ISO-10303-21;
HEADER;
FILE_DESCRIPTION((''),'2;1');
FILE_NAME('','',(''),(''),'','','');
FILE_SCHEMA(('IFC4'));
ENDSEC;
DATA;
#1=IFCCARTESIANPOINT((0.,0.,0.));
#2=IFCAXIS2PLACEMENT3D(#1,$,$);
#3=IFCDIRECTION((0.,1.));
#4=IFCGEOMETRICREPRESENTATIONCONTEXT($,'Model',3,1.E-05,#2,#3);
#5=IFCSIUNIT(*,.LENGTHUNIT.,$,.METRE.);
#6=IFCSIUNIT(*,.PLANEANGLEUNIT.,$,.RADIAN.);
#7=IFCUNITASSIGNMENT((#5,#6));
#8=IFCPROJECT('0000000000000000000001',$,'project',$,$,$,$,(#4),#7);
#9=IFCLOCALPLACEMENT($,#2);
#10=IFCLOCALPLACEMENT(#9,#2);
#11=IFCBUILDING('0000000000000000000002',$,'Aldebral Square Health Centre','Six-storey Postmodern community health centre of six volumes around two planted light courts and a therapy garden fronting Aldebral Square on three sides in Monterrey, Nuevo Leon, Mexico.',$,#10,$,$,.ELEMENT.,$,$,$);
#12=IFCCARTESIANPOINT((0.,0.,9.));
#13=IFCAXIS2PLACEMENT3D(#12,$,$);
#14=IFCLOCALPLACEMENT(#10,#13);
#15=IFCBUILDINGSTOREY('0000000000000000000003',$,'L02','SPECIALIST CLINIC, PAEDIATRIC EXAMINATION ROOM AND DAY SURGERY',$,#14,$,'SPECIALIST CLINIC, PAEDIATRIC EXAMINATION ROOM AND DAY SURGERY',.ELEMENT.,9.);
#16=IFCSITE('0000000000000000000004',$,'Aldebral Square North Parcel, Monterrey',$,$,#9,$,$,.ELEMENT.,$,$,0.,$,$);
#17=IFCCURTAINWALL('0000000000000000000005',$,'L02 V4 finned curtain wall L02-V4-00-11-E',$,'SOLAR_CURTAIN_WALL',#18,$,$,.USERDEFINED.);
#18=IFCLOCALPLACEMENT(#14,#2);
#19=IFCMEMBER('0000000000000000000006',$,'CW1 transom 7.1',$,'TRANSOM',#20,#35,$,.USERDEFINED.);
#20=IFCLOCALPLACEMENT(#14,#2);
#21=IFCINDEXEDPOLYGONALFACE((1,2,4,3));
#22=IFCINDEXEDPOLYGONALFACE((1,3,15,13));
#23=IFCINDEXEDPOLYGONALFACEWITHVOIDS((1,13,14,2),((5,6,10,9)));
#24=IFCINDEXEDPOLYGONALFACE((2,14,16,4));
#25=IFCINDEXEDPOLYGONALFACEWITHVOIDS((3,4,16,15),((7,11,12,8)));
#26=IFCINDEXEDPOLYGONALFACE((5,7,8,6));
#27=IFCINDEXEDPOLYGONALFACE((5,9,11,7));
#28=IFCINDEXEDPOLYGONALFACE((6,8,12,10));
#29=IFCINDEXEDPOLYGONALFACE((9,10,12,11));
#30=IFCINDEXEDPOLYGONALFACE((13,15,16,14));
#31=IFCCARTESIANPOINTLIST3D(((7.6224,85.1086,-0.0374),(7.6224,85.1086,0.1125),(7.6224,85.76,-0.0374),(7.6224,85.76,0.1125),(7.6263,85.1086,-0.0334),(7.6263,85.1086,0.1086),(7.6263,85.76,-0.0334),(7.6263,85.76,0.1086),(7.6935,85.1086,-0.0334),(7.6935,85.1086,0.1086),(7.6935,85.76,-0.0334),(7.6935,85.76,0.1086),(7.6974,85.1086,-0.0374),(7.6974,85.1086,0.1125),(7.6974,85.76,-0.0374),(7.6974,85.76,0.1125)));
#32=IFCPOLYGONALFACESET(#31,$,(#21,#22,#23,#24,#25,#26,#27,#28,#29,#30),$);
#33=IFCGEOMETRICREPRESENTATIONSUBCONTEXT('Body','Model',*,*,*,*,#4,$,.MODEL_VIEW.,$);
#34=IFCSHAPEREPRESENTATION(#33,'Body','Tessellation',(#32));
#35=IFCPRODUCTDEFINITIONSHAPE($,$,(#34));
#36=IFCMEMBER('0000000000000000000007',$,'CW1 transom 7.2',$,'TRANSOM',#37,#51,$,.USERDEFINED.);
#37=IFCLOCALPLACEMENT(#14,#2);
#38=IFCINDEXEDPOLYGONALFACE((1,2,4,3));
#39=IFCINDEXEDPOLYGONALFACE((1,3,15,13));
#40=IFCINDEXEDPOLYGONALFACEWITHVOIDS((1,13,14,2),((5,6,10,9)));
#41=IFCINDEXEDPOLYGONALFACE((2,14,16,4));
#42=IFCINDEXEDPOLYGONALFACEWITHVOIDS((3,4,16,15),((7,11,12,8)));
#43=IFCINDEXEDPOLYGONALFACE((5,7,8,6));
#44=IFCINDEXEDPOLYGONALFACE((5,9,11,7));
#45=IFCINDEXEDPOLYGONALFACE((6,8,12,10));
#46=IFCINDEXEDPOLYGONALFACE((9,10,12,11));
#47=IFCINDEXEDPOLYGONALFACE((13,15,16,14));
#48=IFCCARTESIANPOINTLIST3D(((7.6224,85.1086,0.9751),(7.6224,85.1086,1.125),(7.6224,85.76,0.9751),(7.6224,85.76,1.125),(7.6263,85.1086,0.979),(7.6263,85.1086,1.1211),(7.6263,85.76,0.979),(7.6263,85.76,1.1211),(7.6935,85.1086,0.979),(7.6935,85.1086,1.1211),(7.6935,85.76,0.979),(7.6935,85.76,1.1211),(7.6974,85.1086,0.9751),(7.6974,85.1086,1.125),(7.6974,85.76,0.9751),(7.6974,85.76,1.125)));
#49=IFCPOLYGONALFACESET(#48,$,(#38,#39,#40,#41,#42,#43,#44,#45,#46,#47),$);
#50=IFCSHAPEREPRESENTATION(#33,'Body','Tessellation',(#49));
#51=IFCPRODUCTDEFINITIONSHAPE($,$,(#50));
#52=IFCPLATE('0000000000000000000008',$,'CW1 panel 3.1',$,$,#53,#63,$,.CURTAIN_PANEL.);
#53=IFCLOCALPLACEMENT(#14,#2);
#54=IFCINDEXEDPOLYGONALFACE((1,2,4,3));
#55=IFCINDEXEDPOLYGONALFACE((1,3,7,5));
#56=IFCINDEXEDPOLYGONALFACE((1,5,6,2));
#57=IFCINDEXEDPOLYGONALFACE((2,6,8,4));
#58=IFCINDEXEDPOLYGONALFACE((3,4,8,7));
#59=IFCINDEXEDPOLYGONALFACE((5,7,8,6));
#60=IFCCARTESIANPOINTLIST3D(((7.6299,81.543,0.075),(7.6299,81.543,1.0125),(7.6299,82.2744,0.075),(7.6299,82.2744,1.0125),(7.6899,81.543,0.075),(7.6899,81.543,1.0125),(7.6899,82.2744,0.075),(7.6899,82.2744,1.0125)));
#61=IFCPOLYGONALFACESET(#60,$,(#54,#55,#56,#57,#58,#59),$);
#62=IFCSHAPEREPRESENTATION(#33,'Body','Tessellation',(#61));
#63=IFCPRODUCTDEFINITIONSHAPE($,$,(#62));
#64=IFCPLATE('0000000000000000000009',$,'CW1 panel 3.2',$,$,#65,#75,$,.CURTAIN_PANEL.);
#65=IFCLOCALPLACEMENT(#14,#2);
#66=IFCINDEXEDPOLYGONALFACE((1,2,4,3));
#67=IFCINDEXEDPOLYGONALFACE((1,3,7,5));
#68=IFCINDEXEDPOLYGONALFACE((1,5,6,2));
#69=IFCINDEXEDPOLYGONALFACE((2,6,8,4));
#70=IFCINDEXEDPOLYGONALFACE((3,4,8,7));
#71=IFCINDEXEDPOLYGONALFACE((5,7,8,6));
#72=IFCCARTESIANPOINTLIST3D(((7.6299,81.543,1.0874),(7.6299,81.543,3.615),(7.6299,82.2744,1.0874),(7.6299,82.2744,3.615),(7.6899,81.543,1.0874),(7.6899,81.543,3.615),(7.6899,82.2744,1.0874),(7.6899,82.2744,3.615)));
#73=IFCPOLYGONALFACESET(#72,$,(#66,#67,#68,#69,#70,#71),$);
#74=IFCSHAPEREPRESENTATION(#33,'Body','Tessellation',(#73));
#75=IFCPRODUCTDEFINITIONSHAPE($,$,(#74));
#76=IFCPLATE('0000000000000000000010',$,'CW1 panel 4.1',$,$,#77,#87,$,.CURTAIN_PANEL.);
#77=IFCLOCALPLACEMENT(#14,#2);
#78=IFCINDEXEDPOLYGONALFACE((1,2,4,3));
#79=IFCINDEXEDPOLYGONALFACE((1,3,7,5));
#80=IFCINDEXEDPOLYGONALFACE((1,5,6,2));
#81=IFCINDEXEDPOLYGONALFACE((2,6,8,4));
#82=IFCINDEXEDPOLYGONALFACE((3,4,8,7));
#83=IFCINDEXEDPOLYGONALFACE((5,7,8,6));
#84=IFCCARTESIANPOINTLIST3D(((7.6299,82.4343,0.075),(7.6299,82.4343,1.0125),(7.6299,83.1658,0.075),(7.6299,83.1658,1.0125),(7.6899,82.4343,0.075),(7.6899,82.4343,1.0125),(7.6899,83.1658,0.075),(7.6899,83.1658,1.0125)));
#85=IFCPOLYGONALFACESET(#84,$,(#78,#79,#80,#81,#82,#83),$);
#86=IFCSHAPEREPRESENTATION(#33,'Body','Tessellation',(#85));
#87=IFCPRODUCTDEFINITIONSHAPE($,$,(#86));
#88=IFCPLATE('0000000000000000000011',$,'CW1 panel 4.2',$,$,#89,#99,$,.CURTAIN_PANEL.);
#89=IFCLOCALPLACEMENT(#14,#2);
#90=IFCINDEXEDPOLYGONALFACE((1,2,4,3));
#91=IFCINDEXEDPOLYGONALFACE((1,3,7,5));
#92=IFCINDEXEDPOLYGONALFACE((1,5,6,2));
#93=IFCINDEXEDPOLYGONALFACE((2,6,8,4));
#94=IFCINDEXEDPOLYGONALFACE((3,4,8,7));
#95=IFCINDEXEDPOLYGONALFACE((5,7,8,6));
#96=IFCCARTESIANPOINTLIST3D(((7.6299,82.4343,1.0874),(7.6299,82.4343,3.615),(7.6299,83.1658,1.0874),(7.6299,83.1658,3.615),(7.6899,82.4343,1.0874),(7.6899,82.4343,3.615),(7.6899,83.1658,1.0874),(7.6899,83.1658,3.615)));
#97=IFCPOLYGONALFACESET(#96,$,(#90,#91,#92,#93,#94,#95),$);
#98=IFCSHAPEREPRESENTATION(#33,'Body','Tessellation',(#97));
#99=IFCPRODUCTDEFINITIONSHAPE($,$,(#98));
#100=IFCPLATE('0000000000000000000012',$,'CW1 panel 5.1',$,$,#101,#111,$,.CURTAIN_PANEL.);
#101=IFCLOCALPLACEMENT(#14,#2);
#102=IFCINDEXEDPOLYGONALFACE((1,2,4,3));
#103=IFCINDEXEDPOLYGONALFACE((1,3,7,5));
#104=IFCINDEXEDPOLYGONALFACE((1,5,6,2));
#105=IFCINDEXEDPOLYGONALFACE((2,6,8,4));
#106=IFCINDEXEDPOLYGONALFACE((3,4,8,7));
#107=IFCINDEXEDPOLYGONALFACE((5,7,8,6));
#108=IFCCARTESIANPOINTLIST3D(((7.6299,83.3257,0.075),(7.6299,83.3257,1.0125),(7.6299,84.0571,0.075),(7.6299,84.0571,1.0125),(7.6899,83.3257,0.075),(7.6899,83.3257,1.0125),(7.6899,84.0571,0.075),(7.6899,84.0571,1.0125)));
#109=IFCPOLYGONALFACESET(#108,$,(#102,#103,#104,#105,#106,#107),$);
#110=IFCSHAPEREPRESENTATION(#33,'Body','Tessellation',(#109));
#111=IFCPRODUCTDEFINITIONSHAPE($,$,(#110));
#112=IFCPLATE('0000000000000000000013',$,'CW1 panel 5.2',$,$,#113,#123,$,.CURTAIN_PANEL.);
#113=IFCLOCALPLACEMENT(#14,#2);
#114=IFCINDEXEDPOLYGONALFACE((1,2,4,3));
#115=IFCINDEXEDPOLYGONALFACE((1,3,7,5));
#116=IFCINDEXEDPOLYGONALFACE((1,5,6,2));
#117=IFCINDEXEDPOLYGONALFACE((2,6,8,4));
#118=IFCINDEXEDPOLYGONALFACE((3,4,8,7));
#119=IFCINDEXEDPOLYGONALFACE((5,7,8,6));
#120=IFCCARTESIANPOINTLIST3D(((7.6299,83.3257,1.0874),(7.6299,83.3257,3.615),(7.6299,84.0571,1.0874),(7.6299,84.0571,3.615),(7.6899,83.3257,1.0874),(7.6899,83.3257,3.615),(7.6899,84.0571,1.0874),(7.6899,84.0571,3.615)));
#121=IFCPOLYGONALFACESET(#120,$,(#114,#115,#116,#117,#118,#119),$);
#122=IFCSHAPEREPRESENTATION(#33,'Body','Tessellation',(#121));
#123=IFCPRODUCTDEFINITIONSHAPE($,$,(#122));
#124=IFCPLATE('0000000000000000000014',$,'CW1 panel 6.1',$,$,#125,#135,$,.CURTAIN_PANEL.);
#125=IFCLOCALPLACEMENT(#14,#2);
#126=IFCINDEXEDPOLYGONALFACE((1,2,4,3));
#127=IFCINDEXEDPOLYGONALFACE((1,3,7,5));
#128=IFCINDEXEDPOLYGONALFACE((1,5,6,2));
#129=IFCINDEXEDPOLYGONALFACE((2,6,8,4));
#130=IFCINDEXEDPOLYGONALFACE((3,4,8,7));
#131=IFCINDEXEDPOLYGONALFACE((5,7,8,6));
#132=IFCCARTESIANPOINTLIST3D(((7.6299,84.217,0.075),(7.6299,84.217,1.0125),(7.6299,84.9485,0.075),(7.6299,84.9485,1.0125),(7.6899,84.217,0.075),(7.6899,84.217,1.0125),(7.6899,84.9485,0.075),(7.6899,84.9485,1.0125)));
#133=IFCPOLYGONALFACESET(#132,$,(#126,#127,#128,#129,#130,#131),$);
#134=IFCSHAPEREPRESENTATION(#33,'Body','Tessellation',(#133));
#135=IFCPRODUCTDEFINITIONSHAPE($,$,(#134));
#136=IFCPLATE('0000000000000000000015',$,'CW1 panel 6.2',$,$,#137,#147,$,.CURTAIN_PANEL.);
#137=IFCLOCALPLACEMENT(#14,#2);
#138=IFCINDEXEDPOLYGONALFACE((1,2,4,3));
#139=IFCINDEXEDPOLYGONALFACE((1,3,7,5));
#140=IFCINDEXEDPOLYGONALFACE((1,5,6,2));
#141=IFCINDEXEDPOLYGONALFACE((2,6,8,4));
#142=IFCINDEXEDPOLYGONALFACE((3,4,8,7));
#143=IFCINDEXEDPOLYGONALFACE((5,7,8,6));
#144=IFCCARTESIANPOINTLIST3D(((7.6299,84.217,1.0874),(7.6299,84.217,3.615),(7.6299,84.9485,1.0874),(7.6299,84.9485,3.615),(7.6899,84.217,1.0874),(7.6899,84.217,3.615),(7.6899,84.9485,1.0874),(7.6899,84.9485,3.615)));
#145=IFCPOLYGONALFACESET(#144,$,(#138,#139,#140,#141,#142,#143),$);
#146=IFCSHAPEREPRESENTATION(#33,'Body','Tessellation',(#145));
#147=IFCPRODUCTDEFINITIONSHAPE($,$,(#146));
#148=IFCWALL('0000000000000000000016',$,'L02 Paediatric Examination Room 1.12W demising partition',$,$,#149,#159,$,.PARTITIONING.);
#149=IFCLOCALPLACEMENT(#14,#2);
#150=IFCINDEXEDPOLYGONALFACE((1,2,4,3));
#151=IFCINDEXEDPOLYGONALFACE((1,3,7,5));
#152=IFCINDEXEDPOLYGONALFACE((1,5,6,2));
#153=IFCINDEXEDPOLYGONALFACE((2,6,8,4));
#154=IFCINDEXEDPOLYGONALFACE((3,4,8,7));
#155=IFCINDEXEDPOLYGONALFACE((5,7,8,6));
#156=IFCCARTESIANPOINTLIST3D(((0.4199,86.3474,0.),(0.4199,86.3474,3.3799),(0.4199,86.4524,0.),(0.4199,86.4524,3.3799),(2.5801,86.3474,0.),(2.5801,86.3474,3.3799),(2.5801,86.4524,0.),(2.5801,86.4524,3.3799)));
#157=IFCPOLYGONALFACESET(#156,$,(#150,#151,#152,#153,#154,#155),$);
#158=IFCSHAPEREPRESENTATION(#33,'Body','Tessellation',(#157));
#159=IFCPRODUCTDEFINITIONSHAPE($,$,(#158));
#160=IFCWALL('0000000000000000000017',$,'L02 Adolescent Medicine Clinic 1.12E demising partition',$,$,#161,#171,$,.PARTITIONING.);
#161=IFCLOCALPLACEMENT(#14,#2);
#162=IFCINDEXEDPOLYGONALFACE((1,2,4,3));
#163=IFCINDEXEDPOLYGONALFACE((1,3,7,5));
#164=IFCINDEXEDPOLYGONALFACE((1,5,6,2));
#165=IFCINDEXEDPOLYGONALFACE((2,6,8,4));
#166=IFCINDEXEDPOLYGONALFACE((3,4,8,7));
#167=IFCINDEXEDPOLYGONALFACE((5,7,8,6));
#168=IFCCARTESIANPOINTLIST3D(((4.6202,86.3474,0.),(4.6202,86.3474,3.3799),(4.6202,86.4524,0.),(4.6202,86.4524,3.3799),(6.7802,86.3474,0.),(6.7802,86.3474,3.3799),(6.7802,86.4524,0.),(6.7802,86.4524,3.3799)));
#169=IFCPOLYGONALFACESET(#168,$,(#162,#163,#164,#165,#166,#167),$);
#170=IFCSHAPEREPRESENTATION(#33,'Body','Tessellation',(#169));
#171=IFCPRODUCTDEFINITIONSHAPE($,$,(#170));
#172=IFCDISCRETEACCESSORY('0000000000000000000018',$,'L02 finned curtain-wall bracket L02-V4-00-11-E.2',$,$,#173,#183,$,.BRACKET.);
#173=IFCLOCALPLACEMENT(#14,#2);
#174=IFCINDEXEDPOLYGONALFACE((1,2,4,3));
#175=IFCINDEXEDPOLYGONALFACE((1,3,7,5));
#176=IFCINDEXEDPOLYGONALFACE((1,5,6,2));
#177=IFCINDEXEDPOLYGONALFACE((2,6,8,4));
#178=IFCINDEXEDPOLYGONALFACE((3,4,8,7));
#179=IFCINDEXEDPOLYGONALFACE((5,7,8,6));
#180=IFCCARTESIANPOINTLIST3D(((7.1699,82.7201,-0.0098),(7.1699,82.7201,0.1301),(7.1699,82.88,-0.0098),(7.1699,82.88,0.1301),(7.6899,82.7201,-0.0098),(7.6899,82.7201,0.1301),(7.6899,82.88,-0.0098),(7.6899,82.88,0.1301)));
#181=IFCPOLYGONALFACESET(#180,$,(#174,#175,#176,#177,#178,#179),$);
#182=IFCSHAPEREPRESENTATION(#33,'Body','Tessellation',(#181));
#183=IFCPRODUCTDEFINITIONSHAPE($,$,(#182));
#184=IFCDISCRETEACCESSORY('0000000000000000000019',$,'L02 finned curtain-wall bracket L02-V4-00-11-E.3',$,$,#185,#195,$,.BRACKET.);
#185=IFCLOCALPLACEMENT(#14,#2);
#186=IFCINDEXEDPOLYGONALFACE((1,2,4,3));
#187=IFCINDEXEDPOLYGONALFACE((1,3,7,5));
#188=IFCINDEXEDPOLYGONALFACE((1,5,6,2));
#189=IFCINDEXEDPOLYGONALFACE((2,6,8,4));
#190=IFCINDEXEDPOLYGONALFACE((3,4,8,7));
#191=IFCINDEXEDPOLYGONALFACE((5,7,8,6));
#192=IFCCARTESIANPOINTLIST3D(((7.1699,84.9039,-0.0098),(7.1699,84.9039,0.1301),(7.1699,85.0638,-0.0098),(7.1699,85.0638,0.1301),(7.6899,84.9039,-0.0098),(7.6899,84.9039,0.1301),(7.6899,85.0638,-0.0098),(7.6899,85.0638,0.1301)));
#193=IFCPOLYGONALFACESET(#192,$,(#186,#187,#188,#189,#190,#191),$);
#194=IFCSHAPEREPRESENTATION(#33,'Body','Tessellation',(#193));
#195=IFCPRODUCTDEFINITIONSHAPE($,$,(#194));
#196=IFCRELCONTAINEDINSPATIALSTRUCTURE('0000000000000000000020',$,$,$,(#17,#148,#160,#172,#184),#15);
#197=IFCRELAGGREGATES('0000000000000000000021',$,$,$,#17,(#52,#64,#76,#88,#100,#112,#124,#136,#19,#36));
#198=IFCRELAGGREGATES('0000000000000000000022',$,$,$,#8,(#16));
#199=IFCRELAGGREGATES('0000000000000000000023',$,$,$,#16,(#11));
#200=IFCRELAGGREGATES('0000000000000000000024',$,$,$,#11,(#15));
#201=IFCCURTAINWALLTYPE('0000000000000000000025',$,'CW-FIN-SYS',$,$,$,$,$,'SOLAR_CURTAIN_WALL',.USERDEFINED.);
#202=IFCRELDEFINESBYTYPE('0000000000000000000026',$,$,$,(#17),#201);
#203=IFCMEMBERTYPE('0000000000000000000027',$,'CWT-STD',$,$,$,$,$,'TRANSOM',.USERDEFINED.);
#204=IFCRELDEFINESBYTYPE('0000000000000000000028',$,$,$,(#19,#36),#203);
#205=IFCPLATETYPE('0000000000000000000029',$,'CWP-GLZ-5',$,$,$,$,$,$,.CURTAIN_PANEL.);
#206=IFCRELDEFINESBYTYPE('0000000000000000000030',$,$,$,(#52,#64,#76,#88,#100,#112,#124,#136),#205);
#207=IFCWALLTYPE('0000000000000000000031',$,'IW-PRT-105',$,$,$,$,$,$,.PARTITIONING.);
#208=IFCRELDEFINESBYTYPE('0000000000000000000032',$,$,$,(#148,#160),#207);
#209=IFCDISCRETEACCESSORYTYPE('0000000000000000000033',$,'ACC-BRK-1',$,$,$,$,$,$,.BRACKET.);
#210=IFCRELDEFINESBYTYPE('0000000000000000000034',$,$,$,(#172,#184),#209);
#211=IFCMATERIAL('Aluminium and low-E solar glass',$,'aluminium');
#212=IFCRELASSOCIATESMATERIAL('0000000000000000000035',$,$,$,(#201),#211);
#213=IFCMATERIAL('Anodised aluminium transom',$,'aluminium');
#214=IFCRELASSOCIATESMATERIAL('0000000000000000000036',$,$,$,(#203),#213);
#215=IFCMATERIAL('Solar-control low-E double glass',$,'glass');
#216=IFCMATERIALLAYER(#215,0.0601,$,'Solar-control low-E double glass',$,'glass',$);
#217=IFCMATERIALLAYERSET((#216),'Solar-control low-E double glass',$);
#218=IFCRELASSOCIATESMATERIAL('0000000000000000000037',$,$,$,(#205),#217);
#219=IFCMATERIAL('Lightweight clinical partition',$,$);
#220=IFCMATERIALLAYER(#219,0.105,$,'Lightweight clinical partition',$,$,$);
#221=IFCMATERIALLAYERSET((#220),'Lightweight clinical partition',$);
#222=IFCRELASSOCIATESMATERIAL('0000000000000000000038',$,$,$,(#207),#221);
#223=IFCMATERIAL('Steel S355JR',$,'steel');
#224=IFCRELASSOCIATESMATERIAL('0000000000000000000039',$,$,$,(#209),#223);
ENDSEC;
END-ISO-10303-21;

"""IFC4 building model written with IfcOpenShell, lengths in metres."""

from ifc_helpers import new_model, si_unit, direction, frame, frame_2d, origin, origin_2d, place, context, subcontext, project, spatial, rectangle, hollow_rectangle, extrude, material, layer, layer_set, material_profile, profile_set, type_object, element, aggregate, save


model = new_model("IFC4")

# Units and contexts
model_context = context("Model", 3, precision=1e-05, world=origin(), true_north=direction((0.0, 1.0)))
body_context = subcontext(model_context, "Body", "Model", "MODEL_VIEW")
ifc_project = project(units=[si_unit("LENGTHUNIT", "METRE"), si_unit("PLANEANGLEUNIT", "RADIAN")], contexts=[model_context])

# Site, building, storey
site_placement = place(None, origin())
site = spatial("IfcSite", under=ifc_project, at=site_placement, Name="Aldebral Square North Parcel, Monterrey", CompositionType="ELEMENT", RefElevation=0.0)
building_placement = place(site_placement, origin())
building = spatial("IfcBuilding", under=site, at=building_placement, Name="Aldebral Square Health Centre", Description="Six-storey Postmodern community health centre of six volumes around two planted light courts and a therapy garden fronting Aldebral Square on three sides in Monterrey, Nuevo Leon, Mexico.", CompositionType="ELEMENT")
storey_placement = place(building_placement, frame((0.0, 0.0, 9.0)))
storey = spatial("IfcBuildingStorey", under=building, at=storey_placement, Name="L02", Description="SPECIALIST CLINIC, PAEDIATRIC EXAMINATION ROOM AND DAY SURGERY", LongName="SPECIALIST CLINIC, PAEDIATRIC EXAMINATION ROOM AND DAY SURGERY", CompositionType="ELEMENT", Elevation=9.0)

# Shared definitions
ifc_material_1 = material(Name="Steel S355JR", Category="steel")

# Curtain wall, members, plates
ifc_material_2 = material(Name="Aluminium and low-E solar glass", Category="aluminium")
curtain_wall_type = type_object("IfcCurtainWallType", Name="CW-FIN-SYS", ElementType="SOLAR_CURTAIN_WALL", PredefinedType="USERDEFINED", material=ifc_material_2)
curtain_wall_placement = place(storey_placement, origin())
curtain_wall = element("IfcCurtainWall", 1, at=curtain_wall_placement, inside=storey, type_object=curtain_wall_type, Name="L02 V4 finned curtain wall L02-V4-00-11-E", ObjectType="SOLAR_CURTAIN_WALL", PredefinedType="USERDEFINED")
ifc_material_3 = material(Name="Anodised aluminium transom", Category="aluminium")
ifc_material_profile_1 = material_profile(ifc_material_3, hollow_rectangle(XDim=0.075, YDim=0.1499, WallThickness=0.0039, at=origin_2d()), Name="CWT 75x150x4")
ifc_profile_set_1 = profile_set([ifc_material_profile_1], Name="Anodised aluminium transom")
member_type_1 = type_object("IfcMemberType", Name="CWT-STD", ElementType="TRANSOM", PredefinedType="USERDEFINED", material=ifc_profile_set_1)
member_1_placement = place(storey_placement, frame((7.6599, 85.1086, 0.0376), z_axis=(0.0, 1.0, 0.0), x_axis=(-1.0, 0.0, 0.0)))
member_1 = element("IfcMember", 2, at=member_1_placement, type_object=member_type_1, Name="CW1 transom 7.1", ObjectType="TRANSOM", PredefinedType="USERDEFINED", context=body_context, shape_type="SweptSolid", body=[
    extrude(hollow_rectangle(XDim=0.075, YDim=0.1499, WallThickness=0.0039, at=origin_2d()), origin(), (0.0, 0.0, 1.0), 0.6514),
])
member_2_placement = place(storey_placement, frame((7.6599, 85.1086, 1.05), z_axis=(0.0, 1.0, 0.0), x_axis=(-1.0, 0.0, 0.0)))
member_2 = element("IfcMember", 3, at=member_2_placement, type_object=member_type_1, Name="CW1 transom 7.2", ObjectType="TRANSOM", PredefinedType="USERDEFINED", context=body_context, shape_type="SweptSolid", body=[
    extrude(hollow_rectangle(XDim=0.075, YDim=0.1499, WallThickness=0.0039, at=origin_2d()), origin(), (0.0, 0.0, 1.0), 0.6514),
])
ifc_material_4 = material(Name="Solar-control low-E double glass", Category="glass")
ifc_layer_1 = layer(ifc_material_4, 0.0601, Name="Solar-control low-E double glass", Category="glass")
ifc_layer_set_1 = layer_set([ifc_layer_1], Name="Solar-control low-E double glass")
plate_type = type_object("IfcPlateType", Name="CWP-GLZ-5", PredefinedType="CURTAIN_PANEL", material=ifc_layer_set_1)
plate_1_placement = place(storey_placement, frame((7.6599, 81.9087, 0.075), z_axis=(0.0, 0.0, 1.0), x_axis=(0.0, 1.0, 0.0)))
plate_1 = element("IfcPlate", 4, at=plate_1_placement, type_object=plate_type, Name="CW1 panel 3.1", PredefinedType="CURTAIN_PANEL", context=body_context, shape_type="SweptSolid", body=[
    extrude(rectangle(XDim=0.7314, YDim=0.0601, at=origin_2d()), origin(), (0.0, 0.0, 1.0), 0.9375),
])
plate_2_placement = place(storey_placement, frame((7.6599, 81.9087, 1.0874), z_axis=(0.0, 0.0, 1.0), x_axis=(0.0, 1.0, 0.0)))
plate_2 = element("IfcPlate", 5, at=plate_2_placement, type_object=plate_type, Name="CW1 panel 3.2", PredefinedType="CURTAIN_PANEL", context=body_context, shape_type="SweptSolid", body=[
    extrude(rectangle(XDim=0.7314, YDim=0.0601, at=origin_2d()), origin(), (0.0, 0.0, 1.0), 2.5276),
])
plate_3_placement = place(storey_placement, frame((7.6599, 82.8, 0.075), z_axis=(0.0, 0.0, 1.0), x_axis=(0.0, 1.0, 0.0)))
plate_3 = element("IfcPlate", 6, at=plate_3_placement, type_object=plate_type, Name="CW1 panel 4.1", PredefinedType="CURTAIN_PANEL", context=body_context, shape_type="SweptSolid", body=[
    extrude(rectangle(XDim=0.7314, YDim=0.0601, at=origin_2d()), origin(), (0.0, 0.0, 1.0), 0.9375),
])
plate_4_placement = place(storey_placement, frame((7.6599, 82.8, 1.0874), z_axis=(0.0, 0.0, 1.0), x_axis=(0.0, 1.0, 0.0)))
plate_4 = element("IfcPlate", 7, at=plate_4_placement, type_object=plate_type, Name="CW1 panel 4.2", PredefinedType="CURTAIN_PANEL", context=body_context, shape_type="SweptSolid", body=[
    extrude(rectangle(XDim=0.7314, YDim=0.0601, at=origin_2d()), origin(), (0.0, 0.0, 1.0), 2.5276),
])
plate_5_placement = place(storey_placement, frame((7.6599, 83.6914, 0.075), z_axis=(0.0, 0.0, 1.0), x_axis=(0.0, 1.0, 0.0)))
plate_5 = element("IfcPlate", 8, at=plate_5_placement, type_object=plate_type, Name="CW1 panel 5.1", PredefinedType="CURTAIN_PANEL", context=body_context, shape_type="SweptSolid", body=[
    extrude(rectangle(XDim=0.7314, YDim=0.0601, at=origin_2d()), origin(), (0.0, 0.0, 1.0), 0.9375),
])
plate_6_placement = place(storey_placement, frame((7.6599, 83.6914, 1.0874), z_axis=(0.0, 0.0, 1.0), x_axis=(0.0, 1.0, 0.0)))
plate_6 = element("IfcPlate", 9, at=plate_6_placement, type_object=plate_type, Name="CW1 panel 5.2", PredefinedType="CURTAIN_PANEL", context=body_context, shape_type="SweptSolid", body=[
    extrude(rectangle(XDim=0.7314, YDim=0.0601, at=origin_2d()), origin(), (0.0, 0.0, 1.0), 2.5276),
])
plate_7_placement = place(storey_placement, frame((7.6599, 84.5828, 0.075), z_axis=(0.0, 0.0, 1.0), x_axis=(0.0, 1.0, 0.0)))
plate_7 = element("IfcPlate", 10, at=plate_7_placement, type_object=plate_type, Name="CW1 panel 6.1", PredefinedType="CURTAIN_PANEL", context=body_context, shape_type="SweptSolid", body=[
    extrude(rectangle(XDim=0.7314, YDim=0.0601, at=origin_2d()), origin(), (0.0, 0.0, 1.0), 0.9375),
])
plate_8_placement = place(storey_placement, frame((7.6599, 84.5828, 1.0874), z_axis=(0.0, 0.0, 1.0), x_axis=(0.0, 1.0, 0.0)))
plate_8 = element("IfcPlate", 11, at=plate_8_placement, type_object=plate_type, Name="CW1 panel 6.2", PredefinedType="CURTAIN_PANEL", context=body_context, shape_type="SweptSolid", body=[
    extrude(rectangle(XDim=0.7314, YDim=0.0601, at=origin_2d()), origin(), (0.0, 0.0, 1.0), 2.5276),
])
aggregate(curtain_wall, [plate_1, plate_2, plate_3, plate_4, plate_5, plate_6, plate_7, plate_8, member_1, member_2])

# Walls
ifc_material_5 = material(Name="Lightweight clinical partition")
ifc_layer_2 = layer(ifc_material_5, 0.105, Name="Lightweight clinical partition")
ifc_layer_set_2 = layer_set([ifc_layer_2], Name="Lightweight clinical partition")
wall_type = type_object("IfcWallType", Name="IW-PRT-105", PredefinedType="PARTITIONING", material=ifc_layer_set_2)
wall_1_placement = place(storey_placement, frame((0.4199, 86.3999, 0.0), z_axis=(0.0, 0.0, 1.0), x_axis=(1.0, 0.0, 0.0)))
element("IfcWall", 12, at=wall_1_placement, inside=storey, type_object=wall_type, Name="L02 Paediatric Examination Room 1.12W demising partition", PredefinedType="PARTITIONING", context=body_context, shape_type="SweptSolid", body=[
    extrude(rectangle(XDim=2.1602, YDim=0.105, at=frame_2d((1.0801, 0.0))), origin(), (0.0, 0.0, 1.0), 3.3799),
])
wall_2_placement = place(storey_placement, frame((4.6201, 86.3999, 0.0), z_axis=(0.0, 0.0, 1.0), x_axis=(1.0, 0.0, 0.0)))
element("IfcWall", 13, at=wall_2_placement, inside=storey, type_object=wall_type, Name="L02 Adolescent Medicine Clinic 1.12E demising partition", PredefinedType="PARTITIONING", context=body_context, shape_type="SweptSolid", body=[
    extrude(rectangle(XDim=2.1599, YDim=0.105, at=frame_2d((1.0801, 0.0))), origin(), (0.0, 0.0, 1.0), 3.3799),
])

# Discrete accessories
discrete_accessory_type_1 = type_object("IfcDiscreteAccessoryType", Name="ACC-BRK-1", PredefinedType="BRACKET", material=ifc_material_1)
for number, where, z_axis, x_axis, name in (
    (14, (7.4299, 82.8, -0.0098), (0.0, 0.0, 1.0), (0.0, 1.0, 0.0), "L02 finned curtain-wall bracket L02-V4-00-11-E.2"),
    (15, (7.4299, 84.9839, -0.0098), (0.0, 0.0, 1.0), (0.0, 1.0, 0.0), "L02 finned curtain-wall bracket L02-V4-00-11-E.3"),
):
    element("IfcDiscreteAccessory", number, at=place(storey_placement, frame(where, z_axis=z_axis, x_axis=x_axis)), inside=storey, type_object=discrete_accessory_type_1, Name=name, PredefinedType="BRACKET", context=body_context, shape_type="SweptSolid", body=[
        extrude(rectangle(XDim=0.1599, YDim=0.52, at=origin_2d()), origin(), (0.0, 0.0, 1.0), 0.1399),
    ])

save(model, "model.ifc")
